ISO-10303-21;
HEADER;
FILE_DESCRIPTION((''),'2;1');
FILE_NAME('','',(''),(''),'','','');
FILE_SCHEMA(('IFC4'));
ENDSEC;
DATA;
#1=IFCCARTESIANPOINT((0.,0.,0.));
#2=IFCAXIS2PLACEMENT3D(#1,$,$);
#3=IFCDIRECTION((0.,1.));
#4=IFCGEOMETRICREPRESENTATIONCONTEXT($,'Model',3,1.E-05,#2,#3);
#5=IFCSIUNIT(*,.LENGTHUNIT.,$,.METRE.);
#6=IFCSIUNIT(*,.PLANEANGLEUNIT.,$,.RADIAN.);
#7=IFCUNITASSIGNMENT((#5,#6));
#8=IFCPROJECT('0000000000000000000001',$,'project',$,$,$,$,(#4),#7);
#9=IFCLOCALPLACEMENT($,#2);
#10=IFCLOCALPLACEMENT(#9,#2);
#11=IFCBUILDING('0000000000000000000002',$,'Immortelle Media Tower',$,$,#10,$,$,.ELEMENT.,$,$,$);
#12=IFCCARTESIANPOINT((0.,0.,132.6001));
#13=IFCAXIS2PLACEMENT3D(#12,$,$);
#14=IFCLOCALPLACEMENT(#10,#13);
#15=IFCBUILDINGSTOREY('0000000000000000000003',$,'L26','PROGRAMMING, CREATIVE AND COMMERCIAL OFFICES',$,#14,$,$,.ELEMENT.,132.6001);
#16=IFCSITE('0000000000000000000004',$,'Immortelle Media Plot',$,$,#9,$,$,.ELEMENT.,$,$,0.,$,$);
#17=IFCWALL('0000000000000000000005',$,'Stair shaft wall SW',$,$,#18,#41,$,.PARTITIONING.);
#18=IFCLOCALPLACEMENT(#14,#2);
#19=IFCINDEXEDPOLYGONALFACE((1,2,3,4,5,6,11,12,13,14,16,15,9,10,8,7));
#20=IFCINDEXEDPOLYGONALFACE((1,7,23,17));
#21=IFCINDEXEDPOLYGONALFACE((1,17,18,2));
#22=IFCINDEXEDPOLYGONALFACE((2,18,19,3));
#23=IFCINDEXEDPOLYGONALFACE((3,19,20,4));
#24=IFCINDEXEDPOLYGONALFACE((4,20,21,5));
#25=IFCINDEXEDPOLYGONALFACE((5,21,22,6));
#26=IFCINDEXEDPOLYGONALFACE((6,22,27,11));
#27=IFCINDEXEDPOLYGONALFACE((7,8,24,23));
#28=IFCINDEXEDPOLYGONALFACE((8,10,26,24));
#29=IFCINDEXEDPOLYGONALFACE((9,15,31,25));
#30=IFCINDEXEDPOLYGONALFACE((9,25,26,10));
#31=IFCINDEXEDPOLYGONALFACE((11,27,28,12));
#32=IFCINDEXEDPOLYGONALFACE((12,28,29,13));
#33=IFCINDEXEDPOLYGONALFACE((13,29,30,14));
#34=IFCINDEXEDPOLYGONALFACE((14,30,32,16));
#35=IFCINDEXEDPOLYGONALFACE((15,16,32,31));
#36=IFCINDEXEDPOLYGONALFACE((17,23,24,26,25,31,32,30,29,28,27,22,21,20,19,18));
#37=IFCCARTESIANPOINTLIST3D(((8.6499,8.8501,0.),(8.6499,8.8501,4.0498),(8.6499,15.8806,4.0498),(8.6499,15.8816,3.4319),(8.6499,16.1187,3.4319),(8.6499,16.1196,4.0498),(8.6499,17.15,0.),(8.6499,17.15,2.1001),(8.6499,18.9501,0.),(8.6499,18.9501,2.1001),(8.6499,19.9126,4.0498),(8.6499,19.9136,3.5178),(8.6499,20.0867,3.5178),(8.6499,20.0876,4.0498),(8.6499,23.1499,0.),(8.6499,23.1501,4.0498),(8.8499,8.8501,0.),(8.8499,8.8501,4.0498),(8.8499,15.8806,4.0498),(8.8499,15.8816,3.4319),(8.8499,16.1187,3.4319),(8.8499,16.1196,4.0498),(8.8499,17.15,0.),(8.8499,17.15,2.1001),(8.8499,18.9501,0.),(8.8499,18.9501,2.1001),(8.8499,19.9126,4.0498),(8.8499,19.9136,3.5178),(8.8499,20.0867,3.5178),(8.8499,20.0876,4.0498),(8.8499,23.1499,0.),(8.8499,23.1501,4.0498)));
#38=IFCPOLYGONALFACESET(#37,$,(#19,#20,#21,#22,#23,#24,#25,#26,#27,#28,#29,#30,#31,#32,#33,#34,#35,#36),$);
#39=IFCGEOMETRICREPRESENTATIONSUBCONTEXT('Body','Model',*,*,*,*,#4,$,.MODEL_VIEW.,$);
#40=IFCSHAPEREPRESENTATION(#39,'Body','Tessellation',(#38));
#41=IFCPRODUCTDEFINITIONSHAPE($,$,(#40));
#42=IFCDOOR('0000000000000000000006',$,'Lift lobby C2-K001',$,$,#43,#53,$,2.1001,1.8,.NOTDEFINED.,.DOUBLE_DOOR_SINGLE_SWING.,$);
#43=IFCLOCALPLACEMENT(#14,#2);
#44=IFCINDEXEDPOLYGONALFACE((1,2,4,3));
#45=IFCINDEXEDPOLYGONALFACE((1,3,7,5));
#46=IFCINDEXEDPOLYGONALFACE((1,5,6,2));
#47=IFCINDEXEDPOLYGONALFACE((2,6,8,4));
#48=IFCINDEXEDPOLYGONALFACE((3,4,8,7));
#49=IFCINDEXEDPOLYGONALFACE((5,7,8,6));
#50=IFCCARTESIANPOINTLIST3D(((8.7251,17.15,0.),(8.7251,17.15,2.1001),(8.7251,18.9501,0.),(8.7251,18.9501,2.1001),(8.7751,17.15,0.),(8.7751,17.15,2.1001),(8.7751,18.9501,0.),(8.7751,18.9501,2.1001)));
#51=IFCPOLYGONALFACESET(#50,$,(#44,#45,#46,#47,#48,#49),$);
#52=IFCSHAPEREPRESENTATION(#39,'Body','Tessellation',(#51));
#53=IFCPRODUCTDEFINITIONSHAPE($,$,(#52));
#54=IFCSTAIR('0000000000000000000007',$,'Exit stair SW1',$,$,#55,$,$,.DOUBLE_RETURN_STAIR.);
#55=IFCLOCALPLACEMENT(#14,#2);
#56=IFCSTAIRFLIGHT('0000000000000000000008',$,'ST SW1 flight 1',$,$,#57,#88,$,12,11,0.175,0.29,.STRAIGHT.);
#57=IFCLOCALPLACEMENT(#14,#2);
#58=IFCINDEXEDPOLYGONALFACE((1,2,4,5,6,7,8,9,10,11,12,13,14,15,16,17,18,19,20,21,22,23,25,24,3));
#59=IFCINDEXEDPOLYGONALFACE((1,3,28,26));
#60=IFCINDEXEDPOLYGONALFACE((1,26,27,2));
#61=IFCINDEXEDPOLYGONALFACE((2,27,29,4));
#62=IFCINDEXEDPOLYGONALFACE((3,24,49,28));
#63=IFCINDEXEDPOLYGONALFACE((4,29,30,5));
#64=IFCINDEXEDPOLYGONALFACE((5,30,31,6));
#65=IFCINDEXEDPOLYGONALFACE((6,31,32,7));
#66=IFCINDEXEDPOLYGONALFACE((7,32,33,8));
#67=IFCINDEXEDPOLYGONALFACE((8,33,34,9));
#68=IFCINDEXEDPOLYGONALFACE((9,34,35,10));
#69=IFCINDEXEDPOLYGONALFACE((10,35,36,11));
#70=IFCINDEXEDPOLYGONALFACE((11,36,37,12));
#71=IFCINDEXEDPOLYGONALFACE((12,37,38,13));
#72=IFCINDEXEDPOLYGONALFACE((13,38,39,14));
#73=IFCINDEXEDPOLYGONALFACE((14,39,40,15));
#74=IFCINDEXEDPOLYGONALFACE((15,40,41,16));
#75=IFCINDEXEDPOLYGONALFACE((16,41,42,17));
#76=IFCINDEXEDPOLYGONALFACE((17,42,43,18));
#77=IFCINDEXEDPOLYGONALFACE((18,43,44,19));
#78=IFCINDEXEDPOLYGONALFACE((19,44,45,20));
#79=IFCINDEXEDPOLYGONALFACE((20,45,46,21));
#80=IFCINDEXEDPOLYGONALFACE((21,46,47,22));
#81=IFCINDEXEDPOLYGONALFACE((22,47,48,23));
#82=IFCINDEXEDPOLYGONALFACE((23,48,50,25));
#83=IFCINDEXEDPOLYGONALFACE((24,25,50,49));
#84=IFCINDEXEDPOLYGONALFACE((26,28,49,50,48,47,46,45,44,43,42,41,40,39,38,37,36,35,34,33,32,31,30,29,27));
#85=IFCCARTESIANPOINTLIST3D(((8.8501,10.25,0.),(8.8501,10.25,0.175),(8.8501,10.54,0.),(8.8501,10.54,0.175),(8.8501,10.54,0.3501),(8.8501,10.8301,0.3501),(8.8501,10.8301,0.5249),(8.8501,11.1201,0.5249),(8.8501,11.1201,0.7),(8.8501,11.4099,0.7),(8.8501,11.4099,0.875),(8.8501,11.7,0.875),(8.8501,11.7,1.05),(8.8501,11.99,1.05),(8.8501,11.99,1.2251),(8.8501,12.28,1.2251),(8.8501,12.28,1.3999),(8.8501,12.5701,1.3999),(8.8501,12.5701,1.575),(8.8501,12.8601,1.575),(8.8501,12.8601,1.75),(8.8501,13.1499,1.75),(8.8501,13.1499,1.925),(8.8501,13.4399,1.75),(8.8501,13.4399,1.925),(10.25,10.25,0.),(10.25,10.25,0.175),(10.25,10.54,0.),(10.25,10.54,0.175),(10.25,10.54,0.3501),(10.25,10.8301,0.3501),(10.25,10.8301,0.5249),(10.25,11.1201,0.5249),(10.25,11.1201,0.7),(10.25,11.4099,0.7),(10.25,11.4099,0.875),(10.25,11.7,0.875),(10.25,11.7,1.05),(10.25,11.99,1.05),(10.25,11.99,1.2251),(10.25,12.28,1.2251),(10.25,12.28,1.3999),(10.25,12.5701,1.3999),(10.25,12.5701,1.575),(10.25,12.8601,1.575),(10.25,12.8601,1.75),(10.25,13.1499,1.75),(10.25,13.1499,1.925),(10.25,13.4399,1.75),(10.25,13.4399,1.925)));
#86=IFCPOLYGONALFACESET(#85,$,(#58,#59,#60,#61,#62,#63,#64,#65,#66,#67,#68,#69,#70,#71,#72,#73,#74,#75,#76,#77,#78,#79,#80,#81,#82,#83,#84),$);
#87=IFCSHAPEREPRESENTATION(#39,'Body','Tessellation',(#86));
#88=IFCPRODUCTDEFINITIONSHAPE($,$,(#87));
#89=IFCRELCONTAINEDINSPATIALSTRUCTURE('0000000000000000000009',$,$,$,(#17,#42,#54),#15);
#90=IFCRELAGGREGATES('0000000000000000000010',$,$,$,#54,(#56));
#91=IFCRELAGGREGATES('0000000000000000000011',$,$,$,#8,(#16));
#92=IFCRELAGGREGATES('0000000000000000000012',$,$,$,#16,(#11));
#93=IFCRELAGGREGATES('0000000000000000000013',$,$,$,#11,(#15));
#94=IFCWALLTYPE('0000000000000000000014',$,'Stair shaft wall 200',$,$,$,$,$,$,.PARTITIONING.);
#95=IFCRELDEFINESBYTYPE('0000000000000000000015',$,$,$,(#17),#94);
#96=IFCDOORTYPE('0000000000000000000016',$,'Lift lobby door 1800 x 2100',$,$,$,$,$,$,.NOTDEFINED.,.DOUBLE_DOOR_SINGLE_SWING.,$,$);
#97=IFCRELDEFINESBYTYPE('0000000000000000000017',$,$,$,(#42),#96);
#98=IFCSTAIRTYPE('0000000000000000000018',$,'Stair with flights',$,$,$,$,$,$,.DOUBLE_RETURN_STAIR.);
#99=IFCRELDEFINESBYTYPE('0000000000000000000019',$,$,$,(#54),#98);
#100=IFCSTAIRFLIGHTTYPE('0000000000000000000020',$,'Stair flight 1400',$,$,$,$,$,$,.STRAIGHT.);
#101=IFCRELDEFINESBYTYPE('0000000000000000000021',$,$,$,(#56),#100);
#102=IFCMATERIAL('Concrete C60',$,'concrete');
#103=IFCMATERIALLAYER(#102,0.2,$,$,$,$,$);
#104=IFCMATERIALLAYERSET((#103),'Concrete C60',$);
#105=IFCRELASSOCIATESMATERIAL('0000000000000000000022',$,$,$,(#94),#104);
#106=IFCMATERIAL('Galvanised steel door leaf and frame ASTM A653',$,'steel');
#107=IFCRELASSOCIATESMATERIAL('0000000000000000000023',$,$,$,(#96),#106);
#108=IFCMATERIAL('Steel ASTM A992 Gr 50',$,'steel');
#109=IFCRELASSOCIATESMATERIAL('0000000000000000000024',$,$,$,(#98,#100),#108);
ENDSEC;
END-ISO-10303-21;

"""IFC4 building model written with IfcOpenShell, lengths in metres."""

from ifc_helpers import new_model, si_unit, direction, frame, frame_2d, origin, place, context, subcontext, project, spatial, polyline, rectangle, outline, extrude, material, layer, layer_set, type_object, element, fill, aggregate, save


model = new_model("IFC4")

# Units and contexts
model_context = context("Model", 3, precision=1e-05, world=origin(), true_north=direction((0.0, 1.0)))
body_context = subcontext(model_context, "Body", "Model", "MODEL_VIEW")
ifc_project = project(units=[si_unit("LENGTHUNIT", "METRE"), si_unit("PLANEANGLEUNIT", "RADIAN")], contexts=[model_context])

# Site, building, storey
site_placement = place(None, origin())
site = spatial("IfcSite", under=ifc_project, at=site_placement, Name="Immortelle Media Plot", CompositionType="ELEMENT", RefElevation=0.0)
building_placement = place(site_placement, origin())
building = spatial("IfcBuilding", under=site, at=building_placement, Name="Immortelle Media Tower", CompositionType="ELEMENT")
storey_placement = place(building_placement, frame((0.0, 0.0, 132.6001)))
storey = spatial("IfcBuildingStorey", under=building, at=storey_placement, Name="L26", Description="PROGRAMMING, CREATIVE AND COMMERCIAL OFFICES", CompositionType="ELEMENT", Elevation=132.6001)

# Shared definitions
ifc_material_1 = material(Name="Steel ASTM A992 Gr 50", Category="steel")

# Shared definitions
ifc_material_2 = material(Name="Concrete C60", Category="concrete")
ifc_layer_1 = layer(ifc_material_2, 0.2)
ifc_layer_set_1 = layer_set([ifc_layer_1], Name="Concrete C60")
wall_type_1 = type_object("IfcWallType", Name="Stair shaft wall 200", PredefinedType="PARTITIONING", material=ifc_layer_set_1)
ifc_material_3 = material(Name="Galvanised steel door leaf and frame ASTM A653", Category="steel")

# Wall, opening, door
wall_1_placement = place(storey_placement, frame((8.75, 8.8501, 0.0), z_axis=(0.0, 0.0, 1.0), x_axis=(0.0, 1.0, 0.0)))
wall_1 = element("IfcWall", 1, at=wall_1_placement, inside=storey, type_object=wall_type_1, Name="Stair shaft wall SW", PredefinedType="PARTITIONING", context=body_context, shape_type="SweptSolid", body=[
    extrude(outline(polyline([(0.0, 0.0), (14.2998, 0.0), (14.3, 4.0498), (11.2375, 4.0498), (11.2366, 3.5178), (11.0635, 3.5178), (11.0625, 4.0498), (7.2695, 4.0498), (7.2686, 3.4319), (7.0315, 3.4319), (7.0305, 4.0498), (0.0, 4.0498), (0.0, 0.0)])), frame((0.0, 0.1001, 0.0), z_axis=(0.0, -1.0, 0.0), x_axis=(1.0, 0.0, 0.0)), (0.0, 0.0, 1.0), 0.2),
])
opening_1_placement = place(wall_1_placement, frame((8.3, 0.0, 0.0)))
opening_1 = element("IfcOpeningElement", 2, at=opening_1_placement, cuts=wall_1, PredefinedType="OPENING", context=body_context, shape_type="SweptSolid", body=[
    extrude(rectangle(XDim=1.8, YDim=2.1001, at=frame_2d((0.8999, 1.05))), frame((0.0, 0.1099, 0.0), z_axis=(0.0, -1.0, 0.0), x_axis=(1.0, 0.0, 0.0)), (0.0, 0.0, 1.0), 0.22),
])
door_type_1 = type_object("IfcDoorType", Name="Lift lobby door 1800 x 2100", OperationType="DOUBLE_DOOR_SINGLE_SWING", PredefinedType="NOTDEFINED", material=ifc_material_3)
door_1_placement = place(opening_1_placement, origin())
door_1 = element("IfcDoor", 3, at=door_1_placement, inside=storey, type_object=door_type_1, Name="Lift lobby C2-K001", OperationType="DOUBLE_DOOR_SINGLE_SWING", OverallHeight=2.1001, OverallWidth=1.8, PredefinedType="NOTDEFINED", context=body_context, shape_type="SweptSolid", body=[
    extrude(rectangle(XDim=1.8, YDim=2.1001, at=frame_2d((0.8999, 1.05))), frame((0.0, 0.0249, 0.0), z_axis=(0.0, -1.0, 0.0), x_axis=(1.0, 0.0, 0.0)), (0.0, 0.0, 1.0), 0.05),
])
fill(opening_1, door_1)

# Stair, stair flight
stair_type = type_object("IfcStairType", Name="Stair with flights", PredefinedType="DOUBLE_RETURN_STAIR", material=ifc_material_1)
stair_placement = place(storey_placement, origin())
stair = element("IfcStair", 4, at=stair_placement, inside=storey, type_object=stair_type, Name="Exit stair SW1", PredefinedType="DOUBLE_RETURN_STAIR")
stair_flight_type = type_object("IfcStairFlightType", Name="Stair flight 1400", PredefinedType="STRAIGHT", material=ifc_material_1)
stair_flight_placement = place(storey_placement, frame((9.55, 10.25, 0.0), z_axis=(0.0, 0.0, 1.0), x_axis=(0.0, 1.0, 0.0)))
stair_flight = element("IfcStairFlight", 5, at=stair_flight_placement, type_object=stair_flight_type, Name="ST SW1 flight 1", NumberOfRisers=12, NumberOfTreads=11, PredefinedType="STRAIGHT", RiserHeight=0.175, TreadLength=0.29, context=body_context, shape_type="SweptSolid", body=[
    extrude(outline(polyline([(0.0, 0.0), (0.0, 0.175), (0.29, 0.175), (0.29, 0.3501), (0.5801, 0.3501), (0.5801, 0.5249), (0.8701, 0.5249), (0.8701, 0.7), (1.1599, 0.7), (1.1599, 0.875), (1.45, 0.875), (1.45, 1.05), (1.74, 1.05), (1.74, 1.2251), (2.03, 1.2251), (2.03, 1.3999), (2.3201, 1.3999), (2.3201, 1.575), (2.6101, 1.575), (2.6101, 1.75), (2.8999, 1.75), (2.8999, 1.925), (3.1899, 1.925), (3.1899, 2.1001), (3.1899, 1.75), (0.29, 0.0), (0.0, 0.0)])), frame((0.0, 0.7, 0.0), z_axis=(0.0, -1.0, 0.0), x_axis=(1.0, 0.0, 0.0)), (0.0, 0.0, 1.0), 1.3999),
])
aggregate(stair, [stair_flight])

save(model, "model.ifc")
